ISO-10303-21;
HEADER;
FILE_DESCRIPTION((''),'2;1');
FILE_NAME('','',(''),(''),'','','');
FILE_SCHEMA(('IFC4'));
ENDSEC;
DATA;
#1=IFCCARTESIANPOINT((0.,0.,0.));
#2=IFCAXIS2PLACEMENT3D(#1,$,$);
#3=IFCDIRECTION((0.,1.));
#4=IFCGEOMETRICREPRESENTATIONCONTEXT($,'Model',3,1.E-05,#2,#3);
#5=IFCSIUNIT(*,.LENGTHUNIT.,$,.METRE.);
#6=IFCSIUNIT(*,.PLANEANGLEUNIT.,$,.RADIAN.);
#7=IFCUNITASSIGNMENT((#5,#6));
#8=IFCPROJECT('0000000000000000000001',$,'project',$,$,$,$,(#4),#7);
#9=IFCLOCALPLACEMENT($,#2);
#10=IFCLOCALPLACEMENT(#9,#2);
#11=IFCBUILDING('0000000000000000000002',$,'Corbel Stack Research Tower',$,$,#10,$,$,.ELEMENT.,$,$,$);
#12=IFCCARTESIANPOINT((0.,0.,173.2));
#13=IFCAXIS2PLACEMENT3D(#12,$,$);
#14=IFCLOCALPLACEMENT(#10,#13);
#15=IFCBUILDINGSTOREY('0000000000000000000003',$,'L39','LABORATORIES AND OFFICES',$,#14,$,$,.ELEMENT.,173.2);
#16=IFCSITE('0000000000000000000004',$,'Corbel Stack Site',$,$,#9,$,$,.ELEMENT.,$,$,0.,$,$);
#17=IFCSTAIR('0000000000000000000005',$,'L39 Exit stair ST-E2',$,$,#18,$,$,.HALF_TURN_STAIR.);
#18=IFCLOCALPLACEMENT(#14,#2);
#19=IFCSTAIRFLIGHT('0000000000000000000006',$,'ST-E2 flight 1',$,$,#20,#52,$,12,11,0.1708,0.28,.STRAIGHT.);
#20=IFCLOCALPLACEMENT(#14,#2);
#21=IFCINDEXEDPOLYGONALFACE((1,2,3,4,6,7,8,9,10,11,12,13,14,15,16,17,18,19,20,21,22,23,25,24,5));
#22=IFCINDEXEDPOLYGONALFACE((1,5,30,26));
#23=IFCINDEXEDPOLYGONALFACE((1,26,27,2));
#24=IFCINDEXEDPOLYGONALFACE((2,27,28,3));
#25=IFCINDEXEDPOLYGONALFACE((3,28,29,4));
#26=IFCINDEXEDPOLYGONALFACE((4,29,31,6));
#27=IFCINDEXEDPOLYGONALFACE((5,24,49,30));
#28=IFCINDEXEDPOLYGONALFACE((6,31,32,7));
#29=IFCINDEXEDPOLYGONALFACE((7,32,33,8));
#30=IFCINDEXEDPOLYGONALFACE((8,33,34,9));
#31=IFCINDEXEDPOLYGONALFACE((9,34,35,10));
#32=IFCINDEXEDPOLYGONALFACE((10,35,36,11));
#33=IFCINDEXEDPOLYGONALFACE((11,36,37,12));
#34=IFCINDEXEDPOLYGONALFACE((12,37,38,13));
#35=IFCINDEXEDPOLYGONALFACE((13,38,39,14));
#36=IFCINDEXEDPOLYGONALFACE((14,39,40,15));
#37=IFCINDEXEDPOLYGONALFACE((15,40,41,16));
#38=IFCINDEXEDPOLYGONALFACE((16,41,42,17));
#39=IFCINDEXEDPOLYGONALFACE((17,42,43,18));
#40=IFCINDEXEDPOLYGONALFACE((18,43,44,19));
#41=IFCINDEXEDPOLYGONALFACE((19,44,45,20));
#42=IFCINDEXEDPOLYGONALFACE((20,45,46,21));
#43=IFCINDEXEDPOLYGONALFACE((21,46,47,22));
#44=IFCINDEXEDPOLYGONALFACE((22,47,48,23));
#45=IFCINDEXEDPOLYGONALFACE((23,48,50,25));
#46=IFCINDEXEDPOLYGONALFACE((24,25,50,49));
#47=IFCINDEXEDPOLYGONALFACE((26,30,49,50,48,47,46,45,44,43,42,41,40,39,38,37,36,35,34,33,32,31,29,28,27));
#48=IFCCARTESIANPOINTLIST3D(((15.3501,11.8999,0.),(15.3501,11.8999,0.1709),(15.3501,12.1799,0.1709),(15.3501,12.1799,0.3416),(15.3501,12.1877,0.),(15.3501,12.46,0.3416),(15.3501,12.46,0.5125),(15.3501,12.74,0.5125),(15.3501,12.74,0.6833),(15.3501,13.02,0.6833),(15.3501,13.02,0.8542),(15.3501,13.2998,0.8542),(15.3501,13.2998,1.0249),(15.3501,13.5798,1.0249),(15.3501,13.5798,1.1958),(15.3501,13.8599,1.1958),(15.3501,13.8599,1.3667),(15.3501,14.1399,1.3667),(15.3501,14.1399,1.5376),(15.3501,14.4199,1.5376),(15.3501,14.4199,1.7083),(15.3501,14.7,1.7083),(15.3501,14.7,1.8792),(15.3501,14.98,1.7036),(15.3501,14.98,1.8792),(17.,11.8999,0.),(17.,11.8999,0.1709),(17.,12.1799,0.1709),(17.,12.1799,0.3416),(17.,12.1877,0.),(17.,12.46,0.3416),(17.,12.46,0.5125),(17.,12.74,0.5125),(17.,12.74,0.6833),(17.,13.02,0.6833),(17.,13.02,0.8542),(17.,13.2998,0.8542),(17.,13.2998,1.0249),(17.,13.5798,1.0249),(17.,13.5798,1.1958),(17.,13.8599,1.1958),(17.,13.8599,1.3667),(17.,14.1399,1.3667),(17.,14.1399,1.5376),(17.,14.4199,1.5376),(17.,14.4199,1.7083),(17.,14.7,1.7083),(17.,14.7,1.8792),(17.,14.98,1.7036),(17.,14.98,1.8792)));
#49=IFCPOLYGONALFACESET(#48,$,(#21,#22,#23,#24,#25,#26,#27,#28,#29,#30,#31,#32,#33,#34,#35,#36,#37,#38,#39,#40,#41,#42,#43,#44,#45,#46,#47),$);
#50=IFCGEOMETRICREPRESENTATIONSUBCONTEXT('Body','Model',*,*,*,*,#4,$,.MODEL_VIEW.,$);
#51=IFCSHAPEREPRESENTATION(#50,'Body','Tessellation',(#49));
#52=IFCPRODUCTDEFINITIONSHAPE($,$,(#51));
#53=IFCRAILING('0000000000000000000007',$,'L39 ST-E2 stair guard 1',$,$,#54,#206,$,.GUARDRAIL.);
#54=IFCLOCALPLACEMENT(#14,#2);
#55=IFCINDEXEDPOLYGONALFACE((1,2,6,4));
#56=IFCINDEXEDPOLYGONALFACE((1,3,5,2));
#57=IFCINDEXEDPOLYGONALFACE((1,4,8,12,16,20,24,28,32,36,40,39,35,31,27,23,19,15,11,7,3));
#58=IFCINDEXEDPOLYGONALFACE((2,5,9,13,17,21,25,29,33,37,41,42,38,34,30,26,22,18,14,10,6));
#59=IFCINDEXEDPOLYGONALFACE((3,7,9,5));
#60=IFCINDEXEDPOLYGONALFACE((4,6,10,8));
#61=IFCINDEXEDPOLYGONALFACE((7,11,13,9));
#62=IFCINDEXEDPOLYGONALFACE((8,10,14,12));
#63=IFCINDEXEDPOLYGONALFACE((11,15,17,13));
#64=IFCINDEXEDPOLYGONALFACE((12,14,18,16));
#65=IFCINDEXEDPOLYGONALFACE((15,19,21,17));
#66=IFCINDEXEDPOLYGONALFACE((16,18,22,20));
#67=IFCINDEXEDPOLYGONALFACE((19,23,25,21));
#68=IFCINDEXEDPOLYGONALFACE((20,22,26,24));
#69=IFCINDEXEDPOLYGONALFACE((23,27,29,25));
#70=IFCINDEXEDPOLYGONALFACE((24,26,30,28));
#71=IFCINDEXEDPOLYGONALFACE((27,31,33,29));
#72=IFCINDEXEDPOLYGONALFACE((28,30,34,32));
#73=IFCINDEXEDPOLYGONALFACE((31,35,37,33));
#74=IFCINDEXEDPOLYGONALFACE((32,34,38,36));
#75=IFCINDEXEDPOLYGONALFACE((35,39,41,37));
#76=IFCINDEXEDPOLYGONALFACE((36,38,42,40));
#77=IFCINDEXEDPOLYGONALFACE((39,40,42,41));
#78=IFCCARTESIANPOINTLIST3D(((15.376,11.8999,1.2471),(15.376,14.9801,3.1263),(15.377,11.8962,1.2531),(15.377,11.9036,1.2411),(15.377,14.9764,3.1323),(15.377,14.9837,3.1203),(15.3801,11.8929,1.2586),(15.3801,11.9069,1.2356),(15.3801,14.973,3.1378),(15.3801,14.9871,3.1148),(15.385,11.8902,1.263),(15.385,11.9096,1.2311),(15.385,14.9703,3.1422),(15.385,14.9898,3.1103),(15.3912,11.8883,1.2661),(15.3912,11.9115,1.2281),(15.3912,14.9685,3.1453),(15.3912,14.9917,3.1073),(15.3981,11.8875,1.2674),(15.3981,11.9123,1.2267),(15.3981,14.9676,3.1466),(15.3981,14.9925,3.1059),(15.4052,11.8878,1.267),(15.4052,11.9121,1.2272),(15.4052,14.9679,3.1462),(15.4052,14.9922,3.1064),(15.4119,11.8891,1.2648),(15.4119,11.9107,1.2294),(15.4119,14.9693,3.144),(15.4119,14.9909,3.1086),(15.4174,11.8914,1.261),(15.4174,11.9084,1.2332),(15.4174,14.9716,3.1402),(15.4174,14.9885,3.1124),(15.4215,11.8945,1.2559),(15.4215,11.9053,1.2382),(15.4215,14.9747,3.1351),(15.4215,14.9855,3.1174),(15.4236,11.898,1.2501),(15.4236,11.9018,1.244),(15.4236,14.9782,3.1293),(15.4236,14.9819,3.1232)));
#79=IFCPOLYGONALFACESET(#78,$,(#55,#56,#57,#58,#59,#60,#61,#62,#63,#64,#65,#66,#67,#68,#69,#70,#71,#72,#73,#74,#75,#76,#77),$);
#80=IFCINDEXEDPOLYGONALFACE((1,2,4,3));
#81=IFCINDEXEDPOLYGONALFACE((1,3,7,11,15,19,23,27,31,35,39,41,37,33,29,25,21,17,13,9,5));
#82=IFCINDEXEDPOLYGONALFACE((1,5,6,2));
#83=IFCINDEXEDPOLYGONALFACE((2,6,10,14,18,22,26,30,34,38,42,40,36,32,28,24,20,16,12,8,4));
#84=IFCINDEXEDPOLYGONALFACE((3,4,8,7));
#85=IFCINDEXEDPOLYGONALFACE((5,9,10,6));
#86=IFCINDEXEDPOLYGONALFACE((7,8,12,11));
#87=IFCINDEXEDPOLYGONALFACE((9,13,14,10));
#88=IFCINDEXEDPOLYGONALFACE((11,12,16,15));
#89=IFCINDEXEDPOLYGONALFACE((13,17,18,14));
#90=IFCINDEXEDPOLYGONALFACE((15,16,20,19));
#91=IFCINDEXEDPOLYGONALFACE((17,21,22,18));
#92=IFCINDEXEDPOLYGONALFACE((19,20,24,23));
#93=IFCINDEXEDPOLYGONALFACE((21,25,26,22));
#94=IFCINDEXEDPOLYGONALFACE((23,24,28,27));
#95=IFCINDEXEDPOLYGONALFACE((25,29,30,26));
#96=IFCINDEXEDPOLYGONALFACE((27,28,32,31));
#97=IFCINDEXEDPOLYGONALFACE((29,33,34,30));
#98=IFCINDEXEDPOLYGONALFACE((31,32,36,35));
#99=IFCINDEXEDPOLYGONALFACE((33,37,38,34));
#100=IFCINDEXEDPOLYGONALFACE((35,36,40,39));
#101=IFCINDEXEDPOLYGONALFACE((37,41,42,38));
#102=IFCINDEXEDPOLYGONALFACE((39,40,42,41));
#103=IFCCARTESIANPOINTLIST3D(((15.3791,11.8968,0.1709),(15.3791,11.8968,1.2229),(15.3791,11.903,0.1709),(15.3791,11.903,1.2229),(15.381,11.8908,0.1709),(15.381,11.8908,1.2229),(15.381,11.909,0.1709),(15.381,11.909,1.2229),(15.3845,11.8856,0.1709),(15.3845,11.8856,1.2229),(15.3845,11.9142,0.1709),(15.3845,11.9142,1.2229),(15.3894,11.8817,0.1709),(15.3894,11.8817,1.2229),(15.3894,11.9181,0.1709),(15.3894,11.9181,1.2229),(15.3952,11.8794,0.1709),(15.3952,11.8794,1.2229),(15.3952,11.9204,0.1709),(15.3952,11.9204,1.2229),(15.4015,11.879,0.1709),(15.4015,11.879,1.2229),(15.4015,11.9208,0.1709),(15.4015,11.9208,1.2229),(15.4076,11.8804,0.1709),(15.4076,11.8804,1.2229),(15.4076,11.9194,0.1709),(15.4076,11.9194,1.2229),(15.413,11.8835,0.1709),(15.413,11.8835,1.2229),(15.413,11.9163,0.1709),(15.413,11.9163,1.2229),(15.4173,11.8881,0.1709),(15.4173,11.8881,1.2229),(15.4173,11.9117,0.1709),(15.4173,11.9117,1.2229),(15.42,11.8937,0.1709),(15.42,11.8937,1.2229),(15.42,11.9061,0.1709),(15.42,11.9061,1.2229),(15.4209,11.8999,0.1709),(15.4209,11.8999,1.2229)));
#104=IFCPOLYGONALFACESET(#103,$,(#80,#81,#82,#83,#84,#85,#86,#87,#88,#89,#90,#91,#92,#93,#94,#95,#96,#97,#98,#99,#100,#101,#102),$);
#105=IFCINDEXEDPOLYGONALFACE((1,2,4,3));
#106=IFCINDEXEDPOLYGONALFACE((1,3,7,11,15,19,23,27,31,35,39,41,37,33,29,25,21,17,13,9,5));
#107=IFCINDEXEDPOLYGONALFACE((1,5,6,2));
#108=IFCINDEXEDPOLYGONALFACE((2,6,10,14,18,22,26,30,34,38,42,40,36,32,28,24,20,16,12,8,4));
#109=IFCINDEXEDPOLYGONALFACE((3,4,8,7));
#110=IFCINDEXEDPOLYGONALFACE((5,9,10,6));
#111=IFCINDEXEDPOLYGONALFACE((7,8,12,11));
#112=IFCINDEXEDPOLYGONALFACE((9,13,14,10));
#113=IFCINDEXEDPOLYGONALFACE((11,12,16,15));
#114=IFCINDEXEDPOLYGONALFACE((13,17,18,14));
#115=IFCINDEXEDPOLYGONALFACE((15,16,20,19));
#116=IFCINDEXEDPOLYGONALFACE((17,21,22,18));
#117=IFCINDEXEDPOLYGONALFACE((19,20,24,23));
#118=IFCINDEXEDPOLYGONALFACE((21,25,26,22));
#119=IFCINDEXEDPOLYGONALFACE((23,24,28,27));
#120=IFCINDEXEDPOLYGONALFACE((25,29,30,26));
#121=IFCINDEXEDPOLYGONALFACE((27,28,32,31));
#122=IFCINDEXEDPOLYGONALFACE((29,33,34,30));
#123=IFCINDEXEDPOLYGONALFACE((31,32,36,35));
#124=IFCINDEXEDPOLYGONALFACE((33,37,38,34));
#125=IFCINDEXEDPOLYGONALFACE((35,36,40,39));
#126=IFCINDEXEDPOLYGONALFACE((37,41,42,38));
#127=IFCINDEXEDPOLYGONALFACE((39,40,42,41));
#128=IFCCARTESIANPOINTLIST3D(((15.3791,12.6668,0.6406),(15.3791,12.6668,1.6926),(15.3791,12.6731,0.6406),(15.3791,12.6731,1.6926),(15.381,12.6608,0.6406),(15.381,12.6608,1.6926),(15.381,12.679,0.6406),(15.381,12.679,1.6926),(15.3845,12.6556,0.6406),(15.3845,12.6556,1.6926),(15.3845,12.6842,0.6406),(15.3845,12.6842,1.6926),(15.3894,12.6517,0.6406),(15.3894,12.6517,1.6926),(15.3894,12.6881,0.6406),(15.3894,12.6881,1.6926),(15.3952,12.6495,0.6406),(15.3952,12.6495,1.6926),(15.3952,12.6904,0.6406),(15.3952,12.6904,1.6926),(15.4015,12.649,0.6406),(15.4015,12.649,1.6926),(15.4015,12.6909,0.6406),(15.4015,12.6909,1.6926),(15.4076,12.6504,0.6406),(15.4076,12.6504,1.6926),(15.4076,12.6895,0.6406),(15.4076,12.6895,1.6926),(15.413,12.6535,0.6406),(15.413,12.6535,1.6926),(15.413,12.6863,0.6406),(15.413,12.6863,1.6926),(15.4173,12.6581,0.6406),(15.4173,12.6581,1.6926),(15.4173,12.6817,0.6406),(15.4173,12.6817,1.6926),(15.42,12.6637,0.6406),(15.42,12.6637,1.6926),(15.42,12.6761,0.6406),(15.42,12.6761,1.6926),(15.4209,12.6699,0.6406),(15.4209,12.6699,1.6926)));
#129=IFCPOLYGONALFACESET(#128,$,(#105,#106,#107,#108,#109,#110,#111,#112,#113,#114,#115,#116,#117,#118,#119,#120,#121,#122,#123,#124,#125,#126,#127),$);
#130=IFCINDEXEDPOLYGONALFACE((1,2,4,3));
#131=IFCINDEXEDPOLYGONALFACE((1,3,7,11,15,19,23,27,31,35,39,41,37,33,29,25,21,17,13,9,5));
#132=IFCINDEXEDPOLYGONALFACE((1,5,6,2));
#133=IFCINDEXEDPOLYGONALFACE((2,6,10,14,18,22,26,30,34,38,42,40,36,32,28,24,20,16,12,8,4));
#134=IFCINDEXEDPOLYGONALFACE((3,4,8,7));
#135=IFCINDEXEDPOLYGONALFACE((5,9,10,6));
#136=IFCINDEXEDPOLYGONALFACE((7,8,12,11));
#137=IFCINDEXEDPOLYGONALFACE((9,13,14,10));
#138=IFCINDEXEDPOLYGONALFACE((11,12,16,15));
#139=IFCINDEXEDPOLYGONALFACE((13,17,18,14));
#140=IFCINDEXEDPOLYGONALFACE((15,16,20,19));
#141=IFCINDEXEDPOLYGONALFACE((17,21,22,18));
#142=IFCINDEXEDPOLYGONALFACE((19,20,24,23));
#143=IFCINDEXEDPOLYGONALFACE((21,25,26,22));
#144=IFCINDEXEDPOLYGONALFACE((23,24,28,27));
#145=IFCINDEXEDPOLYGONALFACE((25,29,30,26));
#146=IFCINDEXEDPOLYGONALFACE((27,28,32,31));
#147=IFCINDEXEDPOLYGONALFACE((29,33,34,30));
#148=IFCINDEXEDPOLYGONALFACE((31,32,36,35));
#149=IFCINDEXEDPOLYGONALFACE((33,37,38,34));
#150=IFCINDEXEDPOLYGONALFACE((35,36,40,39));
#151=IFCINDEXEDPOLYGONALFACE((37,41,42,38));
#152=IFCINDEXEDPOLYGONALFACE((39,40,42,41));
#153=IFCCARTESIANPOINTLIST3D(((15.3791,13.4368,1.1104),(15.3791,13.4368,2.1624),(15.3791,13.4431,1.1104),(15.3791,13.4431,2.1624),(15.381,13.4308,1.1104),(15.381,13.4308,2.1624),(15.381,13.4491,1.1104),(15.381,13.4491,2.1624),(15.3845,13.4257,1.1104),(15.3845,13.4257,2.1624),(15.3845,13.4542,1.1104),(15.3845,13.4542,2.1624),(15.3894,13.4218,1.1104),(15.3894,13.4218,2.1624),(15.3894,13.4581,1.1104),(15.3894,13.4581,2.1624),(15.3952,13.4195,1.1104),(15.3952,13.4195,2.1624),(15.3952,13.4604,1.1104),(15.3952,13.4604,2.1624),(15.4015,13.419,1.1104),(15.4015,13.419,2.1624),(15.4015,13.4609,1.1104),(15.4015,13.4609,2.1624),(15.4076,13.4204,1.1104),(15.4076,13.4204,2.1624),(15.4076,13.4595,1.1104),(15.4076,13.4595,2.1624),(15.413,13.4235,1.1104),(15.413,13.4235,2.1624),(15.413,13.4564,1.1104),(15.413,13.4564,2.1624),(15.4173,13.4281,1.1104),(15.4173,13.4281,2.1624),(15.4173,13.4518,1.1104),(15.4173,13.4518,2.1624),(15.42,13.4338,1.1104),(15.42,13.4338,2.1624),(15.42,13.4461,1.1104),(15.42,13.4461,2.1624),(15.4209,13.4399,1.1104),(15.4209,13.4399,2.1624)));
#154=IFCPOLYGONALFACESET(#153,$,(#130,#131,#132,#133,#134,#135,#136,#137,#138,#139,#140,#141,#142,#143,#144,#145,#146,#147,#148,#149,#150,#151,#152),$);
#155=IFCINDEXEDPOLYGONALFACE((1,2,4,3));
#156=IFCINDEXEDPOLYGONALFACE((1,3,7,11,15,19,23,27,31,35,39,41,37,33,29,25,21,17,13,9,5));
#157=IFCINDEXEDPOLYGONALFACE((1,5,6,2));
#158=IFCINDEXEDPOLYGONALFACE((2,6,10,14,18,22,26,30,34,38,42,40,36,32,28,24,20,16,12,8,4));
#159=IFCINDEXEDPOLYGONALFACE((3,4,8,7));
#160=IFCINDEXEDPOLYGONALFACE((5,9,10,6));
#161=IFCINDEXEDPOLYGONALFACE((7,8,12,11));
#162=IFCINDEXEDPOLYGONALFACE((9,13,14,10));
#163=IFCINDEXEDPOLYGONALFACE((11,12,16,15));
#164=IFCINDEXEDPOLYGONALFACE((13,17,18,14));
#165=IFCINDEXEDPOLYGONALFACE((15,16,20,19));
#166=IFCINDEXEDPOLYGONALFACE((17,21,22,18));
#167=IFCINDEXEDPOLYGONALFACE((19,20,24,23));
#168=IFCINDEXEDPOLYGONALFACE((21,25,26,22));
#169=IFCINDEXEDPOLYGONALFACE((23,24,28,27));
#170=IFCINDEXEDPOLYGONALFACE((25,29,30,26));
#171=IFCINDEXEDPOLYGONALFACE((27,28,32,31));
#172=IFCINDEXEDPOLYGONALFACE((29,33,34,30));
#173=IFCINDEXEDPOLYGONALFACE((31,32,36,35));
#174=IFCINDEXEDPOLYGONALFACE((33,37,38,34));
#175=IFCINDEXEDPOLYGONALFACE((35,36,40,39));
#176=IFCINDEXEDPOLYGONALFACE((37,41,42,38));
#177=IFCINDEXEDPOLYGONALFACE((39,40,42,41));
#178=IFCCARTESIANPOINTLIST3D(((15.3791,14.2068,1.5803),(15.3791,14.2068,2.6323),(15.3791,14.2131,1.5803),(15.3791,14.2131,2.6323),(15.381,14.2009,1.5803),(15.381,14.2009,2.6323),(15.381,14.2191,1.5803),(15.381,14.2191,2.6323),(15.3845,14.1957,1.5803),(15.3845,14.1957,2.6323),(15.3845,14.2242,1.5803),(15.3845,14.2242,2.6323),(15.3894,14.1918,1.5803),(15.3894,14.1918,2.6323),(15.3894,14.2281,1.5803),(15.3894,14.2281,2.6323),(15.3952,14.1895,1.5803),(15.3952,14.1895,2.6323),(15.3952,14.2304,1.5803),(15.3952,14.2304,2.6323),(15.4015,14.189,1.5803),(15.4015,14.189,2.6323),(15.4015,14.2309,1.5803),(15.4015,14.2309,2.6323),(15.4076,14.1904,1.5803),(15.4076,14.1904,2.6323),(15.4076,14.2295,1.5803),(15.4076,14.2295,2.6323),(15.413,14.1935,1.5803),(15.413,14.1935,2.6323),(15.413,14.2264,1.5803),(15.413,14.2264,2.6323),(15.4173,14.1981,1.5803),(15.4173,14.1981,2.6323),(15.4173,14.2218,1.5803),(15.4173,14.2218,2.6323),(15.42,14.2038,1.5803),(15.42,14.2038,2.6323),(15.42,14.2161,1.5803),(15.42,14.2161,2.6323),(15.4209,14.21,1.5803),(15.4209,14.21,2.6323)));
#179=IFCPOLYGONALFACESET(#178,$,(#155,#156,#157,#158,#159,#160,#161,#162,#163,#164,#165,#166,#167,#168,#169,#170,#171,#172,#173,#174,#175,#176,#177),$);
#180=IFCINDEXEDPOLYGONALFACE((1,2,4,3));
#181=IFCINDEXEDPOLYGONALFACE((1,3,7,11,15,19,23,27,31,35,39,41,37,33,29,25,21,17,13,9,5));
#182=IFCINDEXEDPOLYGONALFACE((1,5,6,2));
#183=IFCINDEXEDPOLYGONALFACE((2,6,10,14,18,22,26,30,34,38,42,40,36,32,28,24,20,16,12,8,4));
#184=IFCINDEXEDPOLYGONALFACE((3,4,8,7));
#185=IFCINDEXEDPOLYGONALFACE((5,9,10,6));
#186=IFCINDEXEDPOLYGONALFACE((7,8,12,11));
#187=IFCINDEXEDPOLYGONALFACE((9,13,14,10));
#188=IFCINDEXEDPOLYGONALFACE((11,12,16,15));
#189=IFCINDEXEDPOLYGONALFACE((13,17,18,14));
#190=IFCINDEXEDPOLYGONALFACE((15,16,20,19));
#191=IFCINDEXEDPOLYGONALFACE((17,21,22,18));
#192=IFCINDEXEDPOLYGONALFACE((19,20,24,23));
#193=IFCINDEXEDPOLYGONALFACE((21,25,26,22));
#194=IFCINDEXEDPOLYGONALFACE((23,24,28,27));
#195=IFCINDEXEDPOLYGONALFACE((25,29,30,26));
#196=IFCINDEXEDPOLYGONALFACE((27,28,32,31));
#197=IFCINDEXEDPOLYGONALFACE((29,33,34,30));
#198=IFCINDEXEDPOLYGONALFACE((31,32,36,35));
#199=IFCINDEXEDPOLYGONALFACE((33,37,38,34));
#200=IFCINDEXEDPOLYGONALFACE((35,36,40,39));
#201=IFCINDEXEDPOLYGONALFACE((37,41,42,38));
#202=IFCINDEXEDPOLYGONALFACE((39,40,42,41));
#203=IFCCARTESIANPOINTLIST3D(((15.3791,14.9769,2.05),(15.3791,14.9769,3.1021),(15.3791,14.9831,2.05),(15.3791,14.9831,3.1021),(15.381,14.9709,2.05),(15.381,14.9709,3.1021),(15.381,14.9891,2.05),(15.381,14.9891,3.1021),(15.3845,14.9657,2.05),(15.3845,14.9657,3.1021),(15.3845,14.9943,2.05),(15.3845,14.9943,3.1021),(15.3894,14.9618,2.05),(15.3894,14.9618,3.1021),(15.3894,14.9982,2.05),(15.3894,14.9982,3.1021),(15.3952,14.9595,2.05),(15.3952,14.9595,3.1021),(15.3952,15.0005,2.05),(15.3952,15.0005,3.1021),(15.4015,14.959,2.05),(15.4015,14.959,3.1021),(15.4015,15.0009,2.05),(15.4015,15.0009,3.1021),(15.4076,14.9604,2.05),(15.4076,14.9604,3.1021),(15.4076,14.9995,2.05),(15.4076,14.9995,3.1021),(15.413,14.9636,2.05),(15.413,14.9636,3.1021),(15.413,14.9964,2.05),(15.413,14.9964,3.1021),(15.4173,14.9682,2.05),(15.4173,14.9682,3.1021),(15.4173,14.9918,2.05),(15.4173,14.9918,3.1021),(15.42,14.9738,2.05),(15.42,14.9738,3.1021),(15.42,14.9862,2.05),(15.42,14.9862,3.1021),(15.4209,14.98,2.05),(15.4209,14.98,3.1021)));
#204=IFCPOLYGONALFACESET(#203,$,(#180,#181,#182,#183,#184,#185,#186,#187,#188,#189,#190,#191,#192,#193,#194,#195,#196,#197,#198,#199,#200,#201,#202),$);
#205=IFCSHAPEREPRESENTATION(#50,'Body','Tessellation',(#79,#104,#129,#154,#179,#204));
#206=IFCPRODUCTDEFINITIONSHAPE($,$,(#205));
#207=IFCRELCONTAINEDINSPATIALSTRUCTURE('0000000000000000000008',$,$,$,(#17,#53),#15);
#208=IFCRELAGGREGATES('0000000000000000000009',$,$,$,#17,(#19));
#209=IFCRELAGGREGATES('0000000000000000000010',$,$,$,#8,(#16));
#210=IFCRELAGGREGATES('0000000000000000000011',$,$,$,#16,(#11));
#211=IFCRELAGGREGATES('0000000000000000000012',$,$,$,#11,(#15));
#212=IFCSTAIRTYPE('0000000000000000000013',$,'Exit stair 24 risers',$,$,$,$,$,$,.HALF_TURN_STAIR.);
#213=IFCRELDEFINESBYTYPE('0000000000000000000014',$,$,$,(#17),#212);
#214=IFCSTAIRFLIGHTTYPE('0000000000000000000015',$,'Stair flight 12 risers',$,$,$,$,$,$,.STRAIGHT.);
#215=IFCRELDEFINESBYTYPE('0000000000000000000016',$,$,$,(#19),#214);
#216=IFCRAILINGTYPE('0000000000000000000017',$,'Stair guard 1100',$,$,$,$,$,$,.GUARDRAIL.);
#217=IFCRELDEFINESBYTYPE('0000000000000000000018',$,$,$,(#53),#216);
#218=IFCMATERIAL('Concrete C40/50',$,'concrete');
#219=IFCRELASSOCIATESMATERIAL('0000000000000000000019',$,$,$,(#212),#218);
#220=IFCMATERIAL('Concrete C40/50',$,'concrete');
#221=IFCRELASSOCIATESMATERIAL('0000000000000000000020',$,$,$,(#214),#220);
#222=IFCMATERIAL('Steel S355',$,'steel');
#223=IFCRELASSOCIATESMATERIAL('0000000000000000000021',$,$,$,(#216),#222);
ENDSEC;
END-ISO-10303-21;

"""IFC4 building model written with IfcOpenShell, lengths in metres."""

from ifc_helpers import new_model, si_unit, direction, frame, origin, origin_2d, place, context, subcontext, project, spatial, polyline, circle, outline, extrude, material, type_object, element, aggregate, save


model = new_model("IFC4")

# Units and contexts
model_context = context("Model", 3, precision=1e-05, world=origin(), true_north=direction((0.0, 1.0)))
body_context = subcontext(model_context, "Body", "Model", "MODEL_VIEW")
ifc_project = project(units=[si_unit("LENGTHUNIT", "METRE"), si_unit("PLANEANGLEUNIT", "RADIAN")], contexts=[model_context])

# Site, building, storey
site_placement = place(None, origin())
site = spatial("IfcSite", under=ifc_project, at=site_placement, Name="Corbel Stack Site", CompositionType="ELEMENT", RefElevation=0.0)
building_placement = place(site_placement, origin())
building = spatial("IfcBuilding", under=site, at=building_placement, Name="Corbel Stack Research Tower", CompositionType="ELEMENT")
storey_placement = place(building_placement, frame((0.0, 0.0, 173.2)))
storey = spatial("IfcBuildingStorey", under=building, at=storey_placement, Name="L39", Description="LABORATORIES AND OFFICES", CompositionType="ELEMENT", Elevation=173.2)

# Stair, stair flight
ifc_material_1 = material(Name="Concrete C40/50", Category="concrete")
stair_type = type_object("IfcStairType", Name="Exit stair 24 risers", PredefinedType="HALF_TURN_STAIR", material=ifc_material_1)
stair_placement = place(storey_placement, origin())
stair = element("IfcStair", 1, at=stair_placement, inside=storey, type_object=stair_type, Name="L39 Exit stair ST-E2", PredefinedType="HALF_TURN_STAIR")
ifc_material_2 = material(Name="Concrete C40/50", Category="concrete")
stair_flight_type = type_object("IfcStairFlightType", Name="Stair flight 12 risers", PredefinedType="STRAIGHT", material=ifc_material_2)
stair_flight_placement = place(storey_placement, frame((16.175, 11.8999, 0.0), z_axis=(0.0, 0.0, 1.0), x_axis=(0.0, 1.0, 0.0)))
stair_flight = element("IfcStairFlight", 2, at=stair_flight_placement, type_object=stair_flight_type, Name="ST-E2 flight 1", NumberOfRisers=12, NumberOfTreads=11, PredefinedType="STRAIGHT", RiserHeight=0.1708, TreadLength=0.28, context=body_context, shape_type="SweptSolid", body=[
    extrude(outline(polyline([(0.0, 0.0), (0.0, 0.1709), (0.28, 0.1709), (0.28, 0.3416), (0.5601, 0.3416), (0.5601, 0.5125), (0.8401, 0.5125), (0.8401, 0.6833), (1.1201, 0.6833), (1.1201, 0.8542), (1.3999, 0.8542), (1.3999, 1.0249), (1.6799, 1.0249), (1.6799, 1.1958), (1.96, 1.1958), (1.96, 1.3667), (2.24, 1.3667), (2.24, 1.5376), (2.52, 1.5376), (2.52, 1.7083), (2.8, 1.7083), (2.8, 1.8792), (3.0801, 1.8792), (3.0801, 2.05), (3.0801, 1.7036), (0.2878, 0.0), (0.0, 0.0)])), frame((0.0, 0.825, 0.0), z_axis=(0.0, -1.0, 0.0), x_axis=(1.0, 0.0, 0.0)), (0.0, 0.0, 1.0), 1.6499),
])
aggregate(stair, [stair_flight])

# Railing
ifc_material_3 = material(Name="Steel S355", Category="steel")
railing_type_1 = type_object("IfcRailingType", Name="Stair guard 1100", PredefinedType="GUARDRAIL", material=ifc_material_3)
railing_1_placement = place(storey_placement, frame((15.3999, 11.8999, 0.1709)))
element("IfcRailing", 3, at=railing_1_placement, inside=storey, type_object=railing_type_1, Name="L39 ST-E2 stair guard 1", PredefinedType="GUARDRAIL", context=body_context, shape_type="SweptSolid", body=[
    extrude(circle(Radius=0.0239, at=origin_2d()), frame((0.0, 0.0, 1.0762), z_axis=(0.0, 0.853666, 0.52082), x_axis=(-1.0, 0.0, 0.0)), (0.0, 0.0, 1.0), 3.6082),
    extrude(circle(Radius=0.021, at=origin_2d()), origin(), (0.0, 0.0, 1.0), 1.052),
    extrude(circle(Radius=0.021, at=origin_2d()), frame((0.0, 0.77, 0.4697)), (0.0, 0.0, 1.0), 1.052),
    extrude(circle(Radius=0.021, at=origin_2d()), frame((0.0, 1.54, 0.9395)), (0.0, 0.0, 1.0), 1.052),
    extrude(circle(Radius=0.021, at=origin_2d()), frame((0.0, 2.3101, 1.4094)), (0.0, 0.0, 1.0), 1.052),
    extrude(circle(Radius=0.021, at=origin_2d()), frame((0.0, 3.0801, 1.8792)), (0.0, 0.0, 1.0), 1.052),
])

save(model, "model.ifc")
